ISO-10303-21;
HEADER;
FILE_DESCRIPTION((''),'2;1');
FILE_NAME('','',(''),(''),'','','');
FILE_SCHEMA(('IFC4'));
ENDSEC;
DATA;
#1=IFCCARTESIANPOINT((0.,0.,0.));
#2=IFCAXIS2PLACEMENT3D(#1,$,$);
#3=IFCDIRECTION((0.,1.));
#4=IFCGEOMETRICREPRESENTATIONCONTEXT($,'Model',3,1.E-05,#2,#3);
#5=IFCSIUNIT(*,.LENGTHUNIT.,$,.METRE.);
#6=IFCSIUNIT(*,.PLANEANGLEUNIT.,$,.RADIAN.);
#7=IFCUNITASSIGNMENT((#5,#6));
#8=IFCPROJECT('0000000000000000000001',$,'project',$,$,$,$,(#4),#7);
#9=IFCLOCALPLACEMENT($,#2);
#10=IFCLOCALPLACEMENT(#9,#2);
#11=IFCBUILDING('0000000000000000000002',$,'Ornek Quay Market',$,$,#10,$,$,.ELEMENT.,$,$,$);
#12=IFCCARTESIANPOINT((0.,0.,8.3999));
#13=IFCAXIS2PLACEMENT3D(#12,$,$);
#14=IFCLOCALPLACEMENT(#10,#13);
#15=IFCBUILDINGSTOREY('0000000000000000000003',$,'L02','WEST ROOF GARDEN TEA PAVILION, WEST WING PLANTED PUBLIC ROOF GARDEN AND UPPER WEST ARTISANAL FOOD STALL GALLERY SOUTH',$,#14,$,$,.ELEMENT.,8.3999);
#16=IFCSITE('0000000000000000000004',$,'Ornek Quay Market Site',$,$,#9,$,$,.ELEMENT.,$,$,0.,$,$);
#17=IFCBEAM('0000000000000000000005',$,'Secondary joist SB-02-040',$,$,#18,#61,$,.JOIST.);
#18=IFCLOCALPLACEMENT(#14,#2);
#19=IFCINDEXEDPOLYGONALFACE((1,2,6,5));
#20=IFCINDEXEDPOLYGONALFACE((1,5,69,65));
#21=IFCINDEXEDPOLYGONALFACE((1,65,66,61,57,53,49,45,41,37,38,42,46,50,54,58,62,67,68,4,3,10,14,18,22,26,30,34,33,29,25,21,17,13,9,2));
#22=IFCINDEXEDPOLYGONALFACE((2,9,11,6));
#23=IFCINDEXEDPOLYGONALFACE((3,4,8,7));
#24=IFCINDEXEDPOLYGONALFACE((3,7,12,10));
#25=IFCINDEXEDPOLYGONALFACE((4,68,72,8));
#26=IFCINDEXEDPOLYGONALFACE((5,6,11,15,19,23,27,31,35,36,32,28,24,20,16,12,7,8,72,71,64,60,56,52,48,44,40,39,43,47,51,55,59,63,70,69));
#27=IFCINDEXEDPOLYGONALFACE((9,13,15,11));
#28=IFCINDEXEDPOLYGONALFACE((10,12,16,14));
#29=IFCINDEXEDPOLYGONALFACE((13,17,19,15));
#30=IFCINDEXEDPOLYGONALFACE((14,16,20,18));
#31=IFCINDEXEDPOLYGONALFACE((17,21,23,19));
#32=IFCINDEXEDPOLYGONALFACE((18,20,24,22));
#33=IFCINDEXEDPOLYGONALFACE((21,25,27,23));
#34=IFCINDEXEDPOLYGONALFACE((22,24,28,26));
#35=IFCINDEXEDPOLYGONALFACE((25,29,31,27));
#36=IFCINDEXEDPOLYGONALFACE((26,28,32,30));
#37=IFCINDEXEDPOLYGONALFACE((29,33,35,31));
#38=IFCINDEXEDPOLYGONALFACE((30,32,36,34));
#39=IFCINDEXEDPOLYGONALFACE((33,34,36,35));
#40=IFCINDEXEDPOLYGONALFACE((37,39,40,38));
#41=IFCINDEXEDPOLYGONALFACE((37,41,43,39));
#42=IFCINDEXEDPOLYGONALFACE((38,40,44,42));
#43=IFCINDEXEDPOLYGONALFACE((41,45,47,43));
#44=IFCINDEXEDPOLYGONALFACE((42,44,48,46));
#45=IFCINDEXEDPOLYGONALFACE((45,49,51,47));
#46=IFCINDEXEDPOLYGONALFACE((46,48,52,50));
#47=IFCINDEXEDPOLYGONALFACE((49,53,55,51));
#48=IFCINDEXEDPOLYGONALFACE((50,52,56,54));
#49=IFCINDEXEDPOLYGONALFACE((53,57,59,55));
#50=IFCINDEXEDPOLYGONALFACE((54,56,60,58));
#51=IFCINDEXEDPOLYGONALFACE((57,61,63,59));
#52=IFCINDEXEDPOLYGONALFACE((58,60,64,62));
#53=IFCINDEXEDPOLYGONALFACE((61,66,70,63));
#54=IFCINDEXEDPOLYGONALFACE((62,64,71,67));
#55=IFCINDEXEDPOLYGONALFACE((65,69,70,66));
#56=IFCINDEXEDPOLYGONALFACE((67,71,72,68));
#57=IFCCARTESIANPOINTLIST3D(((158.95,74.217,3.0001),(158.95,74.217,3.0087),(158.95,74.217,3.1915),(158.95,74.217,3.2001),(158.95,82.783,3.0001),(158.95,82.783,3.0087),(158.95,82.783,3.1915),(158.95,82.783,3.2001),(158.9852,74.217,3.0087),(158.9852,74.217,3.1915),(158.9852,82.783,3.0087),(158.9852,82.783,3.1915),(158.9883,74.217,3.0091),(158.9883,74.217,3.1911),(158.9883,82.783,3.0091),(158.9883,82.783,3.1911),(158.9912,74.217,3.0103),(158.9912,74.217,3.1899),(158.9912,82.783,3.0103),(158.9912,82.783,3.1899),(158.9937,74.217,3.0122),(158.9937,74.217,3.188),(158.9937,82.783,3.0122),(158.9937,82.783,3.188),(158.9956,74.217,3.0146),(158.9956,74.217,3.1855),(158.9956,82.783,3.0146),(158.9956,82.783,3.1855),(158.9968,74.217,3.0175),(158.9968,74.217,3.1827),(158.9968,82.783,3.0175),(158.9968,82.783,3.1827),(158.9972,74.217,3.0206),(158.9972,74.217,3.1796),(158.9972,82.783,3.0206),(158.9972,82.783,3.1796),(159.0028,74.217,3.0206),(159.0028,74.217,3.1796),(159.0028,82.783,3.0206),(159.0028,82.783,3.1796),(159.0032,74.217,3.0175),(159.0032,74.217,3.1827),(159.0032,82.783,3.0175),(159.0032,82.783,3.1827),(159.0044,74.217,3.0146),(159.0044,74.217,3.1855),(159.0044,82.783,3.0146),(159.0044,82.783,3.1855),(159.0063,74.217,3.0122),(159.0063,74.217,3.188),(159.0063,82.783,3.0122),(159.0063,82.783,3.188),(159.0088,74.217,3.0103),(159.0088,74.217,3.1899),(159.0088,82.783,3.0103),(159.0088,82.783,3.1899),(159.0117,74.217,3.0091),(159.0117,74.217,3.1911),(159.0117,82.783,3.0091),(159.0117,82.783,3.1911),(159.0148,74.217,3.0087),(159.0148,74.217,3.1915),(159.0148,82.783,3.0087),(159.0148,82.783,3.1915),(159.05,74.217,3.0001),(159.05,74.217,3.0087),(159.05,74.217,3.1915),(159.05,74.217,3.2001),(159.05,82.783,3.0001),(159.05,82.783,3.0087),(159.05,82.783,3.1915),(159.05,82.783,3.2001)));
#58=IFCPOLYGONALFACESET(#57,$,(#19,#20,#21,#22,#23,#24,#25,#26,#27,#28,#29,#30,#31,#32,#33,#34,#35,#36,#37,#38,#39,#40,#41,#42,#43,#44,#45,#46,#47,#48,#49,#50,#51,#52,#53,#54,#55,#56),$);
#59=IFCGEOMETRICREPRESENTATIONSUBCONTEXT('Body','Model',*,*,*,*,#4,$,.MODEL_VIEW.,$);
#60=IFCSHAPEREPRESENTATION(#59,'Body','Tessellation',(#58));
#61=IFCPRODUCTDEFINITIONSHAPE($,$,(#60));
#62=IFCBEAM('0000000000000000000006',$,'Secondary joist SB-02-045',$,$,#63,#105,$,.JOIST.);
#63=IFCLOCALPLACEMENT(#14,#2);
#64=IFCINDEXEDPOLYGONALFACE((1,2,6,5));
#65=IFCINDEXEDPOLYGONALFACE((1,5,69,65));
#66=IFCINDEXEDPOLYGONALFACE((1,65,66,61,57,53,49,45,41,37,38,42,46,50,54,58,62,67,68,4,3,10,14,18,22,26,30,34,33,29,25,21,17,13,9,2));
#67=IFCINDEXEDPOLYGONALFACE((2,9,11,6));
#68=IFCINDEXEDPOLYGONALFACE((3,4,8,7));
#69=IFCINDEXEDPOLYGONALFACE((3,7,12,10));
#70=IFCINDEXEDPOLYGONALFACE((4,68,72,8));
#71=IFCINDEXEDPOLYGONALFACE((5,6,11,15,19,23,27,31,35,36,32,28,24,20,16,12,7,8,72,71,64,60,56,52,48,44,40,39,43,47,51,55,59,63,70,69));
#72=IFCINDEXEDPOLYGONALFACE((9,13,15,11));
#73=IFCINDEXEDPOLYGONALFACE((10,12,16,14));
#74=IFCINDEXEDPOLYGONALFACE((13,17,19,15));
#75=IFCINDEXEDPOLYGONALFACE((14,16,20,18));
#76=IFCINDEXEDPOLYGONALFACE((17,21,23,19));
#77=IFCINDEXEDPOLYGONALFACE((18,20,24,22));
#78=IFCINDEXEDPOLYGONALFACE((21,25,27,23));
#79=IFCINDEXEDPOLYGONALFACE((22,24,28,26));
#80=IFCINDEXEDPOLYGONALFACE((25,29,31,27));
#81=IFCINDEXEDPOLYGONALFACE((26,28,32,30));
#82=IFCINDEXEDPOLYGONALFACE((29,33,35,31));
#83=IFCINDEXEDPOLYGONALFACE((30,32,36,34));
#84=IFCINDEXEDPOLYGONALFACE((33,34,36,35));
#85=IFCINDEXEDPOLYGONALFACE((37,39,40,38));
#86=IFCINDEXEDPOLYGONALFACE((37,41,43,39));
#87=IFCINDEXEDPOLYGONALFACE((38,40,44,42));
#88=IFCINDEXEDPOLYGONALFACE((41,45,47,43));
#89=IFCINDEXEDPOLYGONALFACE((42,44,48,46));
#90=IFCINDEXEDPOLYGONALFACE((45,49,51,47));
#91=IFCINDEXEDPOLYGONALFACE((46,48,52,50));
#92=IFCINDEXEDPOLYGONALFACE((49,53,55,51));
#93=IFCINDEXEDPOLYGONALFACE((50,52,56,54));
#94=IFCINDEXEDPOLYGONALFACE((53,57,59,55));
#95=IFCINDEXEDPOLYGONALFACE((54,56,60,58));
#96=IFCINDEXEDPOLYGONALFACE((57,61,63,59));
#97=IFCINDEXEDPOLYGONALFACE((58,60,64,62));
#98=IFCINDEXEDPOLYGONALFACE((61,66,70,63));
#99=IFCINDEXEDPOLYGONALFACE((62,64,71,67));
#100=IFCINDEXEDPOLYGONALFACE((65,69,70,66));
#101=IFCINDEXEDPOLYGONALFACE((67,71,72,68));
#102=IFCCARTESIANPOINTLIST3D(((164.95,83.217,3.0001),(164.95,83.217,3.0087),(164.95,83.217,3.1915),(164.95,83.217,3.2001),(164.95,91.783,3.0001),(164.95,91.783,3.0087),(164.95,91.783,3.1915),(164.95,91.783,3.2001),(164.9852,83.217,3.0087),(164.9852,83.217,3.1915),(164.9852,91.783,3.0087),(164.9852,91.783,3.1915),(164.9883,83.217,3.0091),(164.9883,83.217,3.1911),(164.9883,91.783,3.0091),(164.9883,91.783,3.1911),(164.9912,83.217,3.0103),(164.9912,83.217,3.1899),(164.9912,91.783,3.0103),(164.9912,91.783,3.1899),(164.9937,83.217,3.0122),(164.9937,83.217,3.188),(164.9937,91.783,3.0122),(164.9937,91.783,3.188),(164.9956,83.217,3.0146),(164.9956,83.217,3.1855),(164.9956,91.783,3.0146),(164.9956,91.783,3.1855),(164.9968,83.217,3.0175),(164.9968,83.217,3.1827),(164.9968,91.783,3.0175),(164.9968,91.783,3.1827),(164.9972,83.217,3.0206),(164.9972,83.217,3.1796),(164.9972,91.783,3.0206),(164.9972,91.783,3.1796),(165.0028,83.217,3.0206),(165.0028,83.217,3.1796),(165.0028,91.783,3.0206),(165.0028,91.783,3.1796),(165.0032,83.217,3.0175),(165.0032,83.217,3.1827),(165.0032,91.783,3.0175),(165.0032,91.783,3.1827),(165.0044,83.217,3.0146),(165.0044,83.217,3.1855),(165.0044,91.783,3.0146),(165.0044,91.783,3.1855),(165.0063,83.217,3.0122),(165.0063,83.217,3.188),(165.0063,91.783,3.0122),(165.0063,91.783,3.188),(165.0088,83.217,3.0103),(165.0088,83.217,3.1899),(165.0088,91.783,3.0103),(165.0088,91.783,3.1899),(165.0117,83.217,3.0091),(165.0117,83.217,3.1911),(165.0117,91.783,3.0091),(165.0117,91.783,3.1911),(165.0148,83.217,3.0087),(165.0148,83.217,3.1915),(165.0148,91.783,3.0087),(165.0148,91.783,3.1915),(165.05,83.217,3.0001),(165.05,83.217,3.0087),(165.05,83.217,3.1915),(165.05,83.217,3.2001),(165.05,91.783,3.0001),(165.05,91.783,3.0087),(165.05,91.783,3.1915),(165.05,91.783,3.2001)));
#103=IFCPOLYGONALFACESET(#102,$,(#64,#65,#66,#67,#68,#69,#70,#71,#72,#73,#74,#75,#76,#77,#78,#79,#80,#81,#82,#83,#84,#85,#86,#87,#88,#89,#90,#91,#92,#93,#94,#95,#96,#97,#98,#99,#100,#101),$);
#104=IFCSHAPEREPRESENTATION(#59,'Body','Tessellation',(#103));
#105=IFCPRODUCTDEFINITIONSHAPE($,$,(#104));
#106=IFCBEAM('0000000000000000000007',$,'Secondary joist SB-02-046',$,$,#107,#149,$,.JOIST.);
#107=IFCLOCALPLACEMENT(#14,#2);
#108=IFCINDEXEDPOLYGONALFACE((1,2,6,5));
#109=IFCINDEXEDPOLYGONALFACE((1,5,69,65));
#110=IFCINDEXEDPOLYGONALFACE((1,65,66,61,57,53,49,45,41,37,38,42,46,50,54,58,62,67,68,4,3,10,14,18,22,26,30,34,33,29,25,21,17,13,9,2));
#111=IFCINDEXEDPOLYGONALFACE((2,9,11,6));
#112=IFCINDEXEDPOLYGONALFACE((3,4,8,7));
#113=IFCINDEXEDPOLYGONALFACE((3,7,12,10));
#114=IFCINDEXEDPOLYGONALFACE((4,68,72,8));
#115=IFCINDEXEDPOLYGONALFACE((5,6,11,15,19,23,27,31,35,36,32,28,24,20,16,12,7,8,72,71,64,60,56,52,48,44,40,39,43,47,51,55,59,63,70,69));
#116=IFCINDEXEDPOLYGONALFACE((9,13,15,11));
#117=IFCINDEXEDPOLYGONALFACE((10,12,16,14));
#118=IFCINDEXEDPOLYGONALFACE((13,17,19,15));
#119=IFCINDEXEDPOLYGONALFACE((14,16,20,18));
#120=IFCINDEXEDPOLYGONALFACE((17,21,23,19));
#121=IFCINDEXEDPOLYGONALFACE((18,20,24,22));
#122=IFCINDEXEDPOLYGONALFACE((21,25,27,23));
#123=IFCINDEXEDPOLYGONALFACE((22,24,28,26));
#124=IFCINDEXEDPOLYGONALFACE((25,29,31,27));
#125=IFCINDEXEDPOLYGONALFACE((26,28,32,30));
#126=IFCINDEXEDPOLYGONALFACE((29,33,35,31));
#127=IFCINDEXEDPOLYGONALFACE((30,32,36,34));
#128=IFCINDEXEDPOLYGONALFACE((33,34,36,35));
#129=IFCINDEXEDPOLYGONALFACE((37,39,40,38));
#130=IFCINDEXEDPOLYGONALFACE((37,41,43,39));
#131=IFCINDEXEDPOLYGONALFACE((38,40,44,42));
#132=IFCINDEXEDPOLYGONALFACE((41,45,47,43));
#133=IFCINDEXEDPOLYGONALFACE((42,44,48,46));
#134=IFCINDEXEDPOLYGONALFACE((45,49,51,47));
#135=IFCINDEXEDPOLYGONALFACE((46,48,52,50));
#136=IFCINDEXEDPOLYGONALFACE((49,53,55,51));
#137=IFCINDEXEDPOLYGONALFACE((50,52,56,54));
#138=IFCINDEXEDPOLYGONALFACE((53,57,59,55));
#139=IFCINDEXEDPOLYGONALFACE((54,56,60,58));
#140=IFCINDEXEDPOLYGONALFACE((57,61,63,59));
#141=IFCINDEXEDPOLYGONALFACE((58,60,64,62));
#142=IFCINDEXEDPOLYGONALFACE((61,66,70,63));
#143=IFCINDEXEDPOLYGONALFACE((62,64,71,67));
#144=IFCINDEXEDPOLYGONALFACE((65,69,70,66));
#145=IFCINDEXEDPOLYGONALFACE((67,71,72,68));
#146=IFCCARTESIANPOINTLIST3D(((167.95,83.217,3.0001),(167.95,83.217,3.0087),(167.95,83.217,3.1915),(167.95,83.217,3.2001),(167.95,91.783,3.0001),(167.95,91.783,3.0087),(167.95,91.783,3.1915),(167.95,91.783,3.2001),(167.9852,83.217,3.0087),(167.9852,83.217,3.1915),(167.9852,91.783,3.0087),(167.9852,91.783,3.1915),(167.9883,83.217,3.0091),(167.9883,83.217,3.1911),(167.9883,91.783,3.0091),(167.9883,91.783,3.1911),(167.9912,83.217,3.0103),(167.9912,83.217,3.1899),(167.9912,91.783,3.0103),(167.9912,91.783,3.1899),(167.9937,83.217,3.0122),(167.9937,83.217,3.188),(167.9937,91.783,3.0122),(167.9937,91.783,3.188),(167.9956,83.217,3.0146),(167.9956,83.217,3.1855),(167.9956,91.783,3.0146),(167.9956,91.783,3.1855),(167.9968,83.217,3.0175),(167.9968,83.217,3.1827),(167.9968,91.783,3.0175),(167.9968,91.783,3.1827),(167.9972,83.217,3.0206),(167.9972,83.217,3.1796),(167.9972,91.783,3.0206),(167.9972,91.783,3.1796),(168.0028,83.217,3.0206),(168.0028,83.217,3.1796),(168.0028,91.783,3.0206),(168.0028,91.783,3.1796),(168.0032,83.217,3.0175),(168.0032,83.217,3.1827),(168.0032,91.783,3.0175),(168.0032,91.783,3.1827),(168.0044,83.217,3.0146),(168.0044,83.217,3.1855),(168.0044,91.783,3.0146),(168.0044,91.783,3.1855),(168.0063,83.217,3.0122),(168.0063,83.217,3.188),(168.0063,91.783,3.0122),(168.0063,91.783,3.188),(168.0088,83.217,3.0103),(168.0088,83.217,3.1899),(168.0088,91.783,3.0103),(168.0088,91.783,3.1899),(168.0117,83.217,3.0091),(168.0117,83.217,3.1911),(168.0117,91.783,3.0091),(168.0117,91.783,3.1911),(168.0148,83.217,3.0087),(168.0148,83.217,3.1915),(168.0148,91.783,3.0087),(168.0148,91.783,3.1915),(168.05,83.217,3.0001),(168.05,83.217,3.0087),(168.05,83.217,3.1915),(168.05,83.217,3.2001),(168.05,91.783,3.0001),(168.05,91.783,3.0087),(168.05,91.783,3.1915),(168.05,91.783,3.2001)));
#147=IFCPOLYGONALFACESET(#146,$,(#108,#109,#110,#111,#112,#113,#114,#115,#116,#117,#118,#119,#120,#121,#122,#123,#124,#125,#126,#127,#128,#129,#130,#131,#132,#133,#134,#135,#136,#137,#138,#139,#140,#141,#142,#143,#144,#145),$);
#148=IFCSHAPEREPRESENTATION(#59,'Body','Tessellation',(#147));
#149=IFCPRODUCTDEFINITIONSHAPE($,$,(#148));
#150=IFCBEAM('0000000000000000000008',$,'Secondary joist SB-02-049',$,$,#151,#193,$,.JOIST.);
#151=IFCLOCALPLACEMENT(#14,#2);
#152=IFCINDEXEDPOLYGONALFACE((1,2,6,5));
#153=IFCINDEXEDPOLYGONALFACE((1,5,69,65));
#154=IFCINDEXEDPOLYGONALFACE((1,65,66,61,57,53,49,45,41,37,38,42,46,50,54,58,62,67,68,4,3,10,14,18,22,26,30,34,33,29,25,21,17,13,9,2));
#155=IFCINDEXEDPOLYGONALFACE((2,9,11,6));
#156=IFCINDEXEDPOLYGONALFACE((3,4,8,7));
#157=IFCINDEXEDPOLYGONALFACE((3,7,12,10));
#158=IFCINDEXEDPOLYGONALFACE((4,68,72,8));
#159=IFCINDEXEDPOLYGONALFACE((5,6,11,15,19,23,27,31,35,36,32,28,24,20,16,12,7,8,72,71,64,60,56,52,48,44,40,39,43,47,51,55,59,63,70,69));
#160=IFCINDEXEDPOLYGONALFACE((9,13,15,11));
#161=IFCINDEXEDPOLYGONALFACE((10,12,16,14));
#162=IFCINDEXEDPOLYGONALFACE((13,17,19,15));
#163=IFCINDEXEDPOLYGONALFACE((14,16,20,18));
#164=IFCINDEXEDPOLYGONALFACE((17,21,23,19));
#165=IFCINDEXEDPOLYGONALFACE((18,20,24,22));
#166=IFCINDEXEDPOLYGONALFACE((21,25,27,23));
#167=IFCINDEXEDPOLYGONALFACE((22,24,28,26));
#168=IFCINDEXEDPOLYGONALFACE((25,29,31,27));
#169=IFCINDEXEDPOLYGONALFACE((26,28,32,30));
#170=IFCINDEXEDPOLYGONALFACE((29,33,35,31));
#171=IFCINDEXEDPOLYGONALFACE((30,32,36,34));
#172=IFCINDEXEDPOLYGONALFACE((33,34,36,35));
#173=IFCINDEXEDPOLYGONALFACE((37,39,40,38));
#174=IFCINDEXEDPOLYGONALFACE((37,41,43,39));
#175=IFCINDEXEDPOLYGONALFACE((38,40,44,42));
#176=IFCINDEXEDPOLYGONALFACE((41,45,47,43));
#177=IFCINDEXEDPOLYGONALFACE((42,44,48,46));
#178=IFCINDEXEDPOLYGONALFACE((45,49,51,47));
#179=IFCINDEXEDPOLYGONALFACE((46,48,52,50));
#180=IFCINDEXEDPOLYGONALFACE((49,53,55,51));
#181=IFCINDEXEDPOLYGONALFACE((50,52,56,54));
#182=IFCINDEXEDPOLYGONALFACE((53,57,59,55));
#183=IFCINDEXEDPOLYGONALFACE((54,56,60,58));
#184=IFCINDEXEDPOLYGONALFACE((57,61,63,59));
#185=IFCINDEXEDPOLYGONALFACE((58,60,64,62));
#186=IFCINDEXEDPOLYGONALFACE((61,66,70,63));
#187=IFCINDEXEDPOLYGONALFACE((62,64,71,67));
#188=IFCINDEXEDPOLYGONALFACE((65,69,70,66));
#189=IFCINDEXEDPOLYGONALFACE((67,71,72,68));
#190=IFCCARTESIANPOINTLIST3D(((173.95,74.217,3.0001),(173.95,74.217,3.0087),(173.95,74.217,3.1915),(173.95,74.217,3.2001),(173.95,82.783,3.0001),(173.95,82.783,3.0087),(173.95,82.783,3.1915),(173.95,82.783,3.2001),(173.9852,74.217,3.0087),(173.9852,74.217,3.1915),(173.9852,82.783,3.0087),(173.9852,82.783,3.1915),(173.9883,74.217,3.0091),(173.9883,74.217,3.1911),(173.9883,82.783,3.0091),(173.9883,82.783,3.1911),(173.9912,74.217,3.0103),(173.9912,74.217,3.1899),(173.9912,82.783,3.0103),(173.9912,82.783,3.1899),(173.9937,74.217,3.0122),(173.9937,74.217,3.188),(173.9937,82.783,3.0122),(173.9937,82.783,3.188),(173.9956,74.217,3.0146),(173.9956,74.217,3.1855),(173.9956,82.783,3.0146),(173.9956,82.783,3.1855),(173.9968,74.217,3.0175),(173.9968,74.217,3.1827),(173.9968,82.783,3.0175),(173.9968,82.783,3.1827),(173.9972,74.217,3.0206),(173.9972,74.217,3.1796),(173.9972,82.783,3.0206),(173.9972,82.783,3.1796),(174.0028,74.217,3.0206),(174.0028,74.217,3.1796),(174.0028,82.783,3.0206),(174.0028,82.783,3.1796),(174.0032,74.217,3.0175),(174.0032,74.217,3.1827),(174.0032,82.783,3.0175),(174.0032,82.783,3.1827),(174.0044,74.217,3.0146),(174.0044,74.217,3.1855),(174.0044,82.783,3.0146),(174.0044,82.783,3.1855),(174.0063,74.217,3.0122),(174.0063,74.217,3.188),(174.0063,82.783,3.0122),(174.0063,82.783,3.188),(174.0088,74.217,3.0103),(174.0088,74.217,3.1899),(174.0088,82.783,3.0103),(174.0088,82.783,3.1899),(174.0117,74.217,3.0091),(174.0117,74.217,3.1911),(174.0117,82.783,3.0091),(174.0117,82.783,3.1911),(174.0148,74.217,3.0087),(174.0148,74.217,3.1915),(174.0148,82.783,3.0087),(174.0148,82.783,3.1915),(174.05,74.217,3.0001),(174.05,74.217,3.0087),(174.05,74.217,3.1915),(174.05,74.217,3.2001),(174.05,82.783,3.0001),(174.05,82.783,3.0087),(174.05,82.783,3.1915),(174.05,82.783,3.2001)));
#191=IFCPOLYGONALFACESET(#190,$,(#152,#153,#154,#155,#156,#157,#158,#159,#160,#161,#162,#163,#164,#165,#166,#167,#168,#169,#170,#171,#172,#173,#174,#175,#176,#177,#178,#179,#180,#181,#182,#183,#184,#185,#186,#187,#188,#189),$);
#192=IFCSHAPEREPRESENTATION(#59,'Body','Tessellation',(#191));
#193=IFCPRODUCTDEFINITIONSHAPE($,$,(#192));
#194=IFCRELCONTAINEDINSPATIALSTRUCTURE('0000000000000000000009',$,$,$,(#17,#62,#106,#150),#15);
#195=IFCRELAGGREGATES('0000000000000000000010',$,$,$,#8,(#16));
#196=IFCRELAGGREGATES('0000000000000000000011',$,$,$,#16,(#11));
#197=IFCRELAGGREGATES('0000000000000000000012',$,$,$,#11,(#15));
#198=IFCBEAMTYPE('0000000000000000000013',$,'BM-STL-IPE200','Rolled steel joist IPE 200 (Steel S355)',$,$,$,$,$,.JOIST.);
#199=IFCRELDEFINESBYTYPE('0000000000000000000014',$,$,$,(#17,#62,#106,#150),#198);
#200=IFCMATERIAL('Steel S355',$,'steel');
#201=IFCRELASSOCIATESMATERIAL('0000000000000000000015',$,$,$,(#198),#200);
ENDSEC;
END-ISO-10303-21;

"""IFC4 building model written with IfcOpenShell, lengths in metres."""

from ifc_helpers import new_model, si_unit, direction, frame, origin, origin_2d, place, context, subcontext, project, spatial, i_section, extrude, material, material_profile, profile_set, type_object, element, save


model = new_model("IFC4")

# Units and contexts
model_context = context("Model", 3, precision=1e-05, world=origin(), true_north=direction((0.0, 1.0)))
body_context = subcontext(model_context, "Body", "Model", "MODEL_VIEW")
ifc_project = project(units=[si_unit("LENGTHUNIT", "METRE"), si_unit("PLANEANGLEUNIT", "RADIAN")], contexts=[model_context])

# Site, building, storey
site_placement = place(None, origin())
site = spatial("IfcSite", under=ifc_project, at=site_placement, Name="Ornek Quay Market Site", CompositionType="ELEMENT", RefElevation=0.0)
building_placement = place(site_placement, origin())
building = spatial("IfcBuilding", under=site, at=building_placement, Name="Ornek Quay Market", CompositionType="ELEMENT")
storey_placement = place(building_placement, frame((0.0, 0.0, 8.3999)))
storey = spatial("IfcBuildingStorey", under=building, at=storey_placement, Name="L02", Description="WEST ROOF GARDEN TEA PAVILION, WEST WING PLANTED PUBLIC ROOF GARDEN AND UPPER WEST ARTISANAL FOOD STALL GALLERY SOUTH", CompositionType="ELEMENT", Elevation=8.3999)

# Beams
ifc_material_1 = material(Name="Steel S355", Category="steel")
ifc_material_profile_1 = material_profile(ifc_material_1, i_section(OverallWidth=0.1001, OverallDepth=0.2, WebThickness=0.0056, FlangeThickness=0.0085, FilletRadius=0.012, at=origin_2d()), Name="IPE 200", Category="steel")
ifc_profile_set_1 = profile_set([ifc_material_profile_1], Name="Steel S355")
beam_type_1 = type_object("IfcBeamType", Name="BM-STL-IPE200", Description="Rolled steel joist IPE 200 (Steel S355)", PredefinedType="JOIST", material=ifc_profile_set_1)
for number, where, z_axis, x_axis, name in (
    (1, (159.0, 74.217, 3.1001), (0.0, 1.0, 0.0), (-1.0, 0.0, 0.0), "Secondary joist SB-02-040"),
    (2, (165.0, 83.217, 3.1001), (0.0, 1.0, 0.0), (-1.0, 0.0, 0.0), "Secondary joist SB-02-045"),
    (3, (168.0, 83.217, 3.1001), (0.0, 1.0, 0.0), (-1.0, 0.0, 0.0), "Secondary joist SB-02-046"),
    (4, (174.0, 74.217, 3.1001), (0.0, 1.0, 0.0), (-1.0, 0.0, 0.0), "Secondary joist SB-02-049"),
):
    element("IfcBeam", number, at=place(storey_placement, frame(where, z_axis=z_axis, x_axis=x_axis)), inside=storey, type_object=beam_type_1, Name=name, PredefinedType="JOIST", context=body_context, shape_type="SweptSolid", body=[
        extrude(i_section(OverallWidth=0.1001, OverallDepth=0.2, WebThickness=0.0056, FlangeThickness=0.0085, FilletRadius=0.012, at=origin_2d()), origin(), (0.0, 0.0, 1.0), 8.5659),
    ])

save(model, "model.ifc")
